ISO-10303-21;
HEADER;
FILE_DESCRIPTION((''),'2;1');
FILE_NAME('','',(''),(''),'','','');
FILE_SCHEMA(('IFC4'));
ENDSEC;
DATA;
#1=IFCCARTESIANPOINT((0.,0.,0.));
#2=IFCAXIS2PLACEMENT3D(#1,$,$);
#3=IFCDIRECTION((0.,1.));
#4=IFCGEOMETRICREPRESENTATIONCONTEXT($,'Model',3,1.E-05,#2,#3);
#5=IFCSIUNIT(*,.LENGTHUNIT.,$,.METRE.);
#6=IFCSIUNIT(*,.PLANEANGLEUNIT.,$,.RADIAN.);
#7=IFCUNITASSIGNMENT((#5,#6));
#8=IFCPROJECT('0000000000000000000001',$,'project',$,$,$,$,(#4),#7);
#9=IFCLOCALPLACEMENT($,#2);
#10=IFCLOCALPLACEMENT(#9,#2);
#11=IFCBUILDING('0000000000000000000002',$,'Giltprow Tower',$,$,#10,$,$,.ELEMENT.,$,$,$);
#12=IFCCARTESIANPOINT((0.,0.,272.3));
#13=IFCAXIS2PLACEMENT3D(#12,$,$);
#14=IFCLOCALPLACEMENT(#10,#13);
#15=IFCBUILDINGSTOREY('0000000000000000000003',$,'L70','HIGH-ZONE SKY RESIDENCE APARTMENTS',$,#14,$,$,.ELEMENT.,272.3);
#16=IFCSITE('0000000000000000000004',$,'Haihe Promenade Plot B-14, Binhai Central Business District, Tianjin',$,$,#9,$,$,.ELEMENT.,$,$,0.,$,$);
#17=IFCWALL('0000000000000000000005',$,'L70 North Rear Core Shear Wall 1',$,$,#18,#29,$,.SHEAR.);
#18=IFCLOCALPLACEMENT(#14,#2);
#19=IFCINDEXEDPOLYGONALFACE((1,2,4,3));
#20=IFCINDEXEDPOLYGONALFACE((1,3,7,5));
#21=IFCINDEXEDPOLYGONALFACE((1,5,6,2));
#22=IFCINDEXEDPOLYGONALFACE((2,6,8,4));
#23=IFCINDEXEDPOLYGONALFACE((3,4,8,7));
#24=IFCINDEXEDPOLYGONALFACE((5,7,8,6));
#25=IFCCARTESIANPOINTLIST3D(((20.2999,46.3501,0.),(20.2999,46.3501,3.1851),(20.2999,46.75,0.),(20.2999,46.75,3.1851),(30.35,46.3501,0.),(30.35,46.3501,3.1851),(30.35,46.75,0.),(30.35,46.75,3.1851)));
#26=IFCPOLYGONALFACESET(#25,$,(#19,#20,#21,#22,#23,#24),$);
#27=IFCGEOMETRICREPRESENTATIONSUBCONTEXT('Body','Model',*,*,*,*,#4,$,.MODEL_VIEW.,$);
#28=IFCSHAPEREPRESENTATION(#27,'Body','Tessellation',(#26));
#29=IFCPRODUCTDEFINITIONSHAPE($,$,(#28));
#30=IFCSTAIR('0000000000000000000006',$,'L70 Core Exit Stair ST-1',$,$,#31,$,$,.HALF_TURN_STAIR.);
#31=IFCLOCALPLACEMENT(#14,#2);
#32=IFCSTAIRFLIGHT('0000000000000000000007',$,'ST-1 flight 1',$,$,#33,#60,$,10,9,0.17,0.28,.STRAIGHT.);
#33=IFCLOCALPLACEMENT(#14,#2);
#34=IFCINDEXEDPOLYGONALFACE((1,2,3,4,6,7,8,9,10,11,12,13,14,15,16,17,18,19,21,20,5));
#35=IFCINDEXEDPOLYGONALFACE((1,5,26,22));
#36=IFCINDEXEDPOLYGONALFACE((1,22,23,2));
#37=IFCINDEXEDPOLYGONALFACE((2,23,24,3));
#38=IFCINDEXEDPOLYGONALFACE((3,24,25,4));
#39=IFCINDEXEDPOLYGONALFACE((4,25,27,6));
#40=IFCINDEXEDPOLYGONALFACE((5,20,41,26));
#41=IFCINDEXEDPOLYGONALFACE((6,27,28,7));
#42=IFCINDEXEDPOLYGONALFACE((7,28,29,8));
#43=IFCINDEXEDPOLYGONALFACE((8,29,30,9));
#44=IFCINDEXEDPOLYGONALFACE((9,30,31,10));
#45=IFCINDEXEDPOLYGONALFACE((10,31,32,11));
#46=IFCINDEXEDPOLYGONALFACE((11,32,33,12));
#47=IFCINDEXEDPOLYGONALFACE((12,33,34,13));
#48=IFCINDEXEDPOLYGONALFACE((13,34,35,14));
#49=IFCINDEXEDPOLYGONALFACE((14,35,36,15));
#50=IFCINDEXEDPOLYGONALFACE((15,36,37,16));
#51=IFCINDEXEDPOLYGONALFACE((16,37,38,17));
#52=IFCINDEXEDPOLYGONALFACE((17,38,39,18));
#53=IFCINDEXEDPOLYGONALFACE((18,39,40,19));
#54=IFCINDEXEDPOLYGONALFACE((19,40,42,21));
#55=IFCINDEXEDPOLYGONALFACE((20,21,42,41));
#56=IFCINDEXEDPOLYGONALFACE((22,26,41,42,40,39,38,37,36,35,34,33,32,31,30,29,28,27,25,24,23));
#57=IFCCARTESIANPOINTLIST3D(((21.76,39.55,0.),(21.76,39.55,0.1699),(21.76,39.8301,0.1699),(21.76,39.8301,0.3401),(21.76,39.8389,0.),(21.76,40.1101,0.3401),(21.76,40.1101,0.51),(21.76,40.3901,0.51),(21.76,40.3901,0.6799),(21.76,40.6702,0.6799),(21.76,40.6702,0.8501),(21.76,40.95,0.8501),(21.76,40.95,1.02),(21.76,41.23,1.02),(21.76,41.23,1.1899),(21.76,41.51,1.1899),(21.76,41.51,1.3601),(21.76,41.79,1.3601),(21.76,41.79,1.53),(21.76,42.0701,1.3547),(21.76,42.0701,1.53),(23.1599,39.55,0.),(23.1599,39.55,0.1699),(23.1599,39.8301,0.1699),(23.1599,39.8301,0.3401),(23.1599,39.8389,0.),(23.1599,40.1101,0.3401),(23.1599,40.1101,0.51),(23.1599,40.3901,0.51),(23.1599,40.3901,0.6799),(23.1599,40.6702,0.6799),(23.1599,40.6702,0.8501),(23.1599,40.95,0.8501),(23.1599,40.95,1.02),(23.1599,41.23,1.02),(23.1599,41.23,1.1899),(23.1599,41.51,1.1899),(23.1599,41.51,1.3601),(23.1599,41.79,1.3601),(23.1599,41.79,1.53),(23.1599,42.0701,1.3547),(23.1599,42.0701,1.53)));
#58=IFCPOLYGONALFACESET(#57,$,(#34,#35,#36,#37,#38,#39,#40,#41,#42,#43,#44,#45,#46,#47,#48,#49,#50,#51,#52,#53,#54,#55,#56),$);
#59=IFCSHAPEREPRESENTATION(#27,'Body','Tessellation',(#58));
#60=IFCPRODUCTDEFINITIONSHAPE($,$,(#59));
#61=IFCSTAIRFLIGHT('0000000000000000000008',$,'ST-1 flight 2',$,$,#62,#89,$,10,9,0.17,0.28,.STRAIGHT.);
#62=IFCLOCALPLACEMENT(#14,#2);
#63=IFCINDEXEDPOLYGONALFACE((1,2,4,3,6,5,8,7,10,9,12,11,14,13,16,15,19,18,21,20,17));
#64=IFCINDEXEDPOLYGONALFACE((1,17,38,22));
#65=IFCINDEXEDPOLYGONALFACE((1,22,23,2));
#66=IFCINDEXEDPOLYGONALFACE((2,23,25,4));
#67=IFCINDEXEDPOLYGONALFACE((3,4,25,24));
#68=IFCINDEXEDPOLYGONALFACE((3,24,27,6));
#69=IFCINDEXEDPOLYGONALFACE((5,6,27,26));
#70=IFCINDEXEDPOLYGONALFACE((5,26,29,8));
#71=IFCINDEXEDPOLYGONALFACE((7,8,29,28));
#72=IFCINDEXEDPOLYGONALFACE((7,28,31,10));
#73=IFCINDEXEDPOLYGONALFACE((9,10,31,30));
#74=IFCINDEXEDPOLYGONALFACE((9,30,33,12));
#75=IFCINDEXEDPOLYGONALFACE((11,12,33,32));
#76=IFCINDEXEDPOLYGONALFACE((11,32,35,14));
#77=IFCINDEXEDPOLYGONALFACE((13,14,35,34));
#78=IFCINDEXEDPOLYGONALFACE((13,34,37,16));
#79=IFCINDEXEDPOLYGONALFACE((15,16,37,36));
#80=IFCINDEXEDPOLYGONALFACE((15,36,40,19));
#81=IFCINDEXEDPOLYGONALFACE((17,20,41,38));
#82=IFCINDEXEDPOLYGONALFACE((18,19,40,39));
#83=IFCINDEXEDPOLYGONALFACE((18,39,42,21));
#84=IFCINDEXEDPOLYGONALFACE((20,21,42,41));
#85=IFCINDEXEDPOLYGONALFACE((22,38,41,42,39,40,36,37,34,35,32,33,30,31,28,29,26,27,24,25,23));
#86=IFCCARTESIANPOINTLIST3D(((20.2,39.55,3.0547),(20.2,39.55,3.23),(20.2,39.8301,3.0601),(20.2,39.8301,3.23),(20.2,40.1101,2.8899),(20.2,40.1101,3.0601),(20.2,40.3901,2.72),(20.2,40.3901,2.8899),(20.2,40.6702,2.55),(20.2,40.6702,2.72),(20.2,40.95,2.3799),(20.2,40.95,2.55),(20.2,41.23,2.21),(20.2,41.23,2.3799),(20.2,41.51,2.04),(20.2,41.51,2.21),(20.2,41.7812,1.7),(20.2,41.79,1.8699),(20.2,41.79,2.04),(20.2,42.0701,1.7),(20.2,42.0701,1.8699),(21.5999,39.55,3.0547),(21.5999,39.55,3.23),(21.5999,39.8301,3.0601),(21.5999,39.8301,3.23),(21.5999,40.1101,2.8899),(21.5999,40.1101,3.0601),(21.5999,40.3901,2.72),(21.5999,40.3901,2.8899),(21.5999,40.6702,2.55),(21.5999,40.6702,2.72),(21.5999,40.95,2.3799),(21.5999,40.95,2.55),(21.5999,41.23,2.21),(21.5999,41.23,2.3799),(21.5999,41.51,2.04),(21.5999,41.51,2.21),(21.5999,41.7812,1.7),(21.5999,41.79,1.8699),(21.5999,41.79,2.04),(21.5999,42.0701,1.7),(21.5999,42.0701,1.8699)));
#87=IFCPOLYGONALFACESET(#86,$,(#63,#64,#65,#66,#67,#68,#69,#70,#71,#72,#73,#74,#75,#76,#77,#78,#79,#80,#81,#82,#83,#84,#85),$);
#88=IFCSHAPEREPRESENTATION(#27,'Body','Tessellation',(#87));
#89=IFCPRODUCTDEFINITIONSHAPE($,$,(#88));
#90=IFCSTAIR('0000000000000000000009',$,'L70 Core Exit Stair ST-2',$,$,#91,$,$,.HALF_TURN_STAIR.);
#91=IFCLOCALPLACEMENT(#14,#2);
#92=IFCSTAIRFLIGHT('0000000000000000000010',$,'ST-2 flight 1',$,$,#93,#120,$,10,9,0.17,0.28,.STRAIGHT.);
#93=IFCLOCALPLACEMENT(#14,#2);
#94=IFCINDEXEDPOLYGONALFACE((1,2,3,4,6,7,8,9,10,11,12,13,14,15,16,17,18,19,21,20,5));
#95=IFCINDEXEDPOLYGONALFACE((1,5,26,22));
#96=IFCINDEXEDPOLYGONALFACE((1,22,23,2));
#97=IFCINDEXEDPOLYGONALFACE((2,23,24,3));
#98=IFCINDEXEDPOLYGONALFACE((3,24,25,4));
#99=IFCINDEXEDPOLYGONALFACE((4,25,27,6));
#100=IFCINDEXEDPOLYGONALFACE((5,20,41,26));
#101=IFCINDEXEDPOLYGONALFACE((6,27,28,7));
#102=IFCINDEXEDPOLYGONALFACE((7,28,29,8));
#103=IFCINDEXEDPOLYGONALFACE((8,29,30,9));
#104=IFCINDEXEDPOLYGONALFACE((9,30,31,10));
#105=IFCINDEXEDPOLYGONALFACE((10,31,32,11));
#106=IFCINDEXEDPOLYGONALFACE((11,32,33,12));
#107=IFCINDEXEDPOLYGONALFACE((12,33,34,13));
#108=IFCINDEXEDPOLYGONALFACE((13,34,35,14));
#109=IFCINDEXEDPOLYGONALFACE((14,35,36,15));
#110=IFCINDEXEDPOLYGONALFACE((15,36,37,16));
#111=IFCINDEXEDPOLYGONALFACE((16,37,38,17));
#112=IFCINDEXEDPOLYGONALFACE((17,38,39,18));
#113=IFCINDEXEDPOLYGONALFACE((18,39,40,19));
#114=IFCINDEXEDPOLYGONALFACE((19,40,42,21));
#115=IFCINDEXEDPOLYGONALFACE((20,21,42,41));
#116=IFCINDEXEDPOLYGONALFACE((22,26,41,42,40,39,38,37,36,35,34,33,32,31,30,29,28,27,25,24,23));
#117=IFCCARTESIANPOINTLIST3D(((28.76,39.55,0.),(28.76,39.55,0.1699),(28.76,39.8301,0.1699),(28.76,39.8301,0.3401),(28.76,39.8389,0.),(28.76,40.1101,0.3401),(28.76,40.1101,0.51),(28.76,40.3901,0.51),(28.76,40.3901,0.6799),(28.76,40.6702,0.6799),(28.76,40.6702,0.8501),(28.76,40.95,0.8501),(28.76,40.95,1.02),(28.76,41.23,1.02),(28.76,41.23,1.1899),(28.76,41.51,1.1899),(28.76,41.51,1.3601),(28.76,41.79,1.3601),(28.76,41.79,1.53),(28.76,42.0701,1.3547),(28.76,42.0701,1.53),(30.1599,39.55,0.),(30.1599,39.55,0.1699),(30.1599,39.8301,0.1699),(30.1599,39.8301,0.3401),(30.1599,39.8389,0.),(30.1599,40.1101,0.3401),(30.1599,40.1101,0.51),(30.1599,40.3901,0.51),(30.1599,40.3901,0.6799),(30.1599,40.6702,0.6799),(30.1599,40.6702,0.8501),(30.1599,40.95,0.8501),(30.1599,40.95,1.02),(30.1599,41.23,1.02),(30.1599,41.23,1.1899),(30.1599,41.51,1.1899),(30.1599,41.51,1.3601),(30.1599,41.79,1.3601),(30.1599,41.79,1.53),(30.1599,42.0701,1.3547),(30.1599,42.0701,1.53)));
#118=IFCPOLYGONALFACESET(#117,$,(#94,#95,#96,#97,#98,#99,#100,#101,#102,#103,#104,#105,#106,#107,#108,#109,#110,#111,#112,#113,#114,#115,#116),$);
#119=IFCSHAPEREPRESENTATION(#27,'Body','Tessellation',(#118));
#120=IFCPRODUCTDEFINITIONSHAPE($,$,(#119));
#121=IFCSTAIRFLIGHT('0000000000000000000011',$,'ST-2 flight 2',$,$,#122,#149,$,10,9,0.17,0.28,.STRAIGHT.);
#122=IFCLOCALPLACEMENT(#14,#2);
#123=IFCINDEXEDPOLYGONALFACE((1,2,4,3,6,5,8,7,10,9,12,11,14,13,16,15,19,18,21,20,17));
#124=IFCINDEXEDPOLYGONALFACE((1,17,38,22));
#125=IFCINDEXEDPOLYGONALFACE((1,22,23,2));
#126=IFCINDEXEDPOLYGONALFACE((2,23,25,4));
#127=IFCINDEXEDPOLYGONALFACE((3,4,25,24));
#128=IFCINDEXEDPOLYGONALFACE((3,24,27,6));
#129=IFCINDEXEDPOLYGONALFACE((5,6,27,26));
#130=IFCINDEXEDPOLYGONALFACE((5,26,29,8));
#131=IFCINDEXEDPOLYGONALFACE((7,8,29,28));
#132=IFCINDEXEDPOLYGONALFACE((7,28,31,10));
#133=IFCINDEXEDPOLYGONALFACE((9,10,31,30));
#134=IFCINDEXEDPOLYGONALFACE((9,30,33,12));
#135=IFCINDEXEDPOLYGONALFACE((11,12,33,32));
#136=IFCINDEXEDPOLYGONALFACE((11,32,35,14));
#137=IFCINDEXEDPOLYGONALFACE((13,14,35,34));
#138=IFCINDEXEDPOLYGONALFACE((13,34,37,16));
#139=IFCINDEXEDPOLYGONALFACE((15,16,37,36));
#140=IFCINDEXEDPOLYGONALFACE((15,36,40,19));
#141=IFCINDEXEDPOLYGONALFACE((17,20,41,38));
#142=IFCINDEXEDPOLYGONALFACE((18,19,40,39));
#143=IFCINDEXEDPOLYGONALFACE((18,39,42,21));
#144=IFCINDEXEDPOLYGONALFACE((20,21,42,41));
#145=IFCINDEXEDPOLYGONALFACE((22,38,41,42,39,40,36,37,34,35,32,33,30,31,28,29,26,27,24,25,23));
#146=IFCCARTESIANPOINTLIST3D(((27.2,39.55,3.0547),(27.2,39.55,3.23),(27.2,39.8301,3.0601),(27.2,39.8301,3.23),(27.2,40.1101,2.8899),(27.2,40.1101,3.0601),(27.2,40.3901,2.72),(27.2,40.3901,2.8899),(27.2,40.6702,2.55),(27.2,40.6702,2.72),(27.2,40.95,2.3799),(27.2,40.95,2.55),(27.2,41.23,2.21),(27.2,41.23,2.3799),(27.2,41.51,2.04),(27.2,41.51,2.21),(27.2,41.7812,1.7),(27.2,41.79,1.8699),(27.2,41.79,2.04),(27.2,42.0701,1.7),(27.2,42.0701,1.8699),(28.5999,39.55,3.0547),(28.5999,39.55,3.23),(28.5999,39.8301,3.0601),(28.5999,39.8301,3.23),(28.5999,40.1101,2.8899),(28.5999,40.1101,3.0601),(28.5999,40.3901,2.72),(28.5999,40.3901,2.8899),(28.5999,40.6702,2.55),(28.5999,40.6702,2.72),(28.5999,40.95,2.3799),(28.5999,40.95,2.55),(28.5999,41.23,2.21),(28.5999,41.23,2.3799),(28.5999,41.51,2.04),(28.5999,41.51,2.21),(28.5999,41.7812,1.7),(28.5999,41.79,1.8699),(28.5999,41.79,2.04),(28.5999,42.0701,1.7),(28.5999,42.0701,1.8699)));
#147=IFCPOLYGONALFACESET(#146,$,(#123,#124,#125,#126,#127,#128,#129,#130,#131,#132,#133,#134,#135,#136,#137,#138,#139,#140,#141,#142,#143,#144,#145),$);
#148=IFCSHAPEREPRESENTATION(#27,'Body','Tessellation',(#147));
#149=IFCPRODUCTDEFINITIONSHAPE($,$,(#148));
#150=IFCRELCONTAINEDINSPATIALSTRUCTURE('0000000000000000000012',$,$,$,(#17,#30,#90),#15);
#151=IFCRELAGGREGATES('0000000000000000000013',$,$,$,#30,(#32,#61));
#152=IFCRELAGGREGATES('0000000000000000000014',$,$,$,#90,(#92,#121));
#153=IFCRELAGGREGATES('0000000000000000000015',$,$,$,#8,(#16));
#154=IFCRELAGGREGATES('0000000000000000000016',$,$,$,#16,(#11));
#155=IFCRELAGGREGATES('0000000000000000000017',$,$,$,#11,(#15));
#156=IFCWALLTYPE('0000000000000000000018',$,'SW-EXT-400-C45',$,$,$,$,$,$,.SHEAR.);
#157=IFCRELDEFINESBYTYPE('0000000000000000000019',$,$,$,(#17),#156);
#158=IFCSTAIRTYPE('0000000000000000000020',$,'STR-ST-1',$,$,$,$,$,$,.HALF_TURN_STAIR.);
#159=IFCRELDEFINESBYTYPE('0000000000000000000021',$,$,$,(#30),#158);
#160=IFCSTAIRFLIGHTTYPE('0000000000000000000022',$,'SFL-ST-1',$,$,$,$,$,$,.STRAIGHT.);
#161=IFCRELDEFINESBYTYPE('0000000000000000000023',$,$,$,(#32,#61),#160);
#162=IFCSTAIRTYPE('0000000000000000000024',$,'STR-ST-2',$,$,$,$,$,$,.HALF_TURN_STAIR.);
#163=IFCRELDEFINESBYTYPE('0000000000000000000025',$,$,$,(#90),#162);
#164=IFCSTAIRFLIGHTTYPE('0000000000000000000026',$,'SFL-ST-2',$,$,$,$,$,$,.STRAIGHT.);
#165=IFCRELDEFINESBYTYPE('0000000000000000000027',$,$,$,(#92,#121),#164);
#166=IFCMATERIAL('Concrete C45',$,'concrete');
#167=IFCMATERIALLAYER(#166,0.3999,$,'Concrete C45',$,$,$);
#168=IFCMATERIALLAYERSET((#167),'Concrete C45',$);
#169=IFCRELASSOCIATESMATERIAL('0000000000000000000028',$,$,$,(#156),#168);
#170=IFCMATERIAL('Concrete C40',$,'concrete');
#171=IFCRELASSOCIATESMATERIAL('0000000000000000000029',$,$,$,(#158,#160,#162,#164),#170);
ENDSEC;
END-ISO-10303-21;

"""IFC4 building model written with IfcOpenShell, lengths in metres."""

from ifc_helpers import new_model, si_unit, direction, frame, frame_2d, origin, place, context, subcontext, project, spatial, polyline, rectangle, outline, extrude, material, layer, layer_set, type_object, element, aggregate, save


model = new_model("IFC4")

# Units and contexts
model_context = context("Model", 3, precision=1e-05, world=origin(), true_north=direction((0.0, 1.0)))
body_context = subcontext(model_context, "Body", "Model", "MODEL_VIEW")
ifc_project = project(units=[si_unit("LENGTHUNIT", "METRE"), si_unit("PLANEANGLEUNIT", "RADIAN")], contexts=[model_context])

# Site, building, storey
site_placement = place(None, origin())
site = spatial("IfcSite", under=ifc_project, at=site_placement, Name="Haihe Promenade Plot B-14, Binhai Central Business District, Tianjin", CompositionType="ELEMENT", RefElevation=0.0)
building_placement = place(site_placement, origin())
building = spatial("IfcBuilding", under=site, at=building_placement, Name="Giltprow Tower", CompositionType="ELEMENT")
storey_placement = place(building_placement, frame((0.0, 0.0, 272.3)))
storey = spatial("IfcBuildingStorey", under=building, at=storey_placement, Name="L70", Description="HIGH-ZONE SKY RESIDENCE APARTMENTS", CompositionType="ELEMENT", Elevation=272.3)

# Shared definitions
ifc_material_1 = material(Name="Concrete C45", Category="concrete")

# Shared definitions
ifc_material_2 = material(Name="Concrete C40", Category="concrete")

# Wall
ifc_layer_1 = layer(ifc_material_1, 0.3999, Name="Concrete C45")
ifc_layer_set_1 = layer_set([ifc_layer_1], Name="Concrete C45")
wall_type_1 = type_object("IfcWallType", Name="SW-EXT-400-C45", PredefinedType="SHEAR", material=ifc_layer_set_1)
wall_1_placement = place(storey_placement, frame((20.3, 46.55, 0.0), z_axis=(0.0, 0.0, 1.0), x_axis=(1.0, 0.0, 0.0)))
element("IfcWall", 1, at=wall_1_placement, inside=storey, type_object=wall_type_1, Name="L70 North Rear Core Shear Wall 1", PredefinedType="SHEAR", context=body_context, shape_type="SweptSolid", body=[
    extrude(rectangle(XDim=10.05, YDim=0.3999, at=frame_2d((5.0249, 0.0))), origin(), (0.0, 0.0, 1.0), 3.1851),
])

# Stairs, stair flights
stair_type_1 = type_object("IfcStairType", Name="STR-ST-1", PredefinedType="HALF_TURN_STAIR", material=ifc_material_2)
stair_1_placement = place(storey_placement, origin())
stair_1 = element("IfcStair", 2, at=stair_1_placement, inside=storey, type_object=stair_type_1, Name="L70 Core Exit Stair ST-1", PredefinedType="HALF_TURN_STAIR")
stair_flight_type_1 = type_object("IfcStairFlightType", Name="SFL-ST-1", PredefinedType="STRAIGHT", material=ifc_material_2)
stair_flight_1_placement = place(storey_placement, frame((22.46, 39.55, 0.0), z_axis=(0.0, 0.0, 1.0), x_axis=(0.0, 1.0, 0.0)))
stair_flight_1 = element("IfcStairFlight", 3, at=stair_flight_1_placement, type_object=stair_flight_type_1, Name="ST-1 flight 1", NumberOfRisers=10, NumberOfTreads=9, PredefinedType="STRAIGHT", RiserHeight=0.17, TreadLength=0.28, context=body_context, shape_type="SweptSolid", body=[
    extrude(outline(polyline([(0.0, 0.0), (0.0, 0.1699), (0.28, 0.1699), (0.28, 0.3401), (0.5601, 0.3401), (0.5601, 0.51), (0.8401, 0.51), (0.8401, 0.6799), (1.1201, 0.6799), (1.1201, 0.8501), (1.3999, 0.8501), (1.3999, 1.02), (1.6799, 1.02), (1.6799, 1.1899), (1.96, 1.1899), (1.96, 1.3601), (2.24, 1.3601), (2.24, 1.53), (2.52, 1.53), (2.52, 1.7), (2.52, 1.3547), (0.2888, 0.0), (0.0, 0.0)])), frame((0.0, 0.7, 0.0), z_axis=(0.0, -1.0, 0.0), x_axis=(1.0, 0.0, 0.0)), (0.0, 0.0, 1.0), 1.3999),
])
stair_flight_2_placement = place(storey_placement, frame((20.8999, 42.0701, 1.7), z_axis=(0.0, 0.0, 1.0), x_axis=(0.0, -1.0, 0.0)))
stair_flight_2 = element("IfcStairFlight", 4, at=stair_flight_2_placement, type_object=stair_flight_type_1, Name="ST-1 flight 2", NumberOfRisers=10, NumberOfTreads=9, PredefinedType="STRAIGHT", RiserHeight=0.17, TreadLength=0.28, context=body_context, shape_type="SweptSolid", body=[
    extrude(outline(polyline([(0.0, 0.0), (0.0, 0.1699), (0.28, 0.1699), (0.28, 0.3401), (0.5601, 0.3401), (0.5601, 0.51), (0.8401, 0.51), (0.8401, 0.6799), (1.1201, 0.6799), (1.1201, 0.8501), (1.3999, 0.8501), (1.3999, 1.02), (1.6799, 1.02), (1.6799, 1.1899), (1.96, 1.1899), (1.96, 1.3601), (2.24, 1.3601), (2.24, 1.53), (2.52, 1.53), (2.52, 1.7), (2.52, 1.3547), (0.2888, 0.0), (0.0, 0.0)])), frame((0.0, 0.7, 0.0), z_axis=(0.0, -1.0, 0.0), x_axis=(1.0, 0.0, 0.0)), (0.0, 0.0, 1.0), 1.3999),
])
aggregate(stair_1, [stair_flight_1, stair_flight_2])
stair_type_2 = type_object("IfcStairType", Name="STR-ST-2", PredefinedType="HALF_TURN_STAIR", material=ifc_material_2)
stair_2_placement = place(storey_placement, origin())
stair_2 = element("IfcStair", 5, at=stair_2_placement, inside=storey, type_object=stair_type_2, Name="L70 Core Exit Stair ST-2", PredefinedType="HALF_TURN_STAIR")
stair_flight_type_2 = type_object("IfcStairFlightType", Name="SFL-ST-2", PredefinedType="STRAIGHT", material=ifc_material_2)
stair_flight_3_placement = place(storey_placement, frame((29.46, 39.55, 0.0), z_axis=(0.0, 0.0, 1.0), x_axis=(0.0, 1.0, 0.0)))
stair_flight_3 = element("IfcStairFlight", 6, at=stair_flight_3_placement, type_object=stair_flight_type_2, Name="ST-2 flight 1", NumberOfRisers=10, NumberOfTreads=9, PredefinedType="STRAIGHT", RiserHeight=0.17, TreadLength=0.28, context=body_context, shape_type="SweptSolid", body=[
    extrude(outline(polyline([(0.0, 0.0), (0.0, 0.1699), (0.28, 0.1699), (0.28, 0.3401), (0.5601, 0.3401), (0.5601, 0.51), (0.8401, 0.51), (0.8401, 0.6799), (1.1201, 0.6799), (1.1201, 0.8501), (1.3999, 0.8501), (1.3999, 1.02), (1.6799, 1.02), (1.6799, 1.1899), (1.96, 1.1899), (1.96, 1.3601), (2.24, 1.3601), (2.24, 1.53), (2.52, 1.53), (2.52, 1.7), (2.52, 1.3547), (0.2888, 0.0), (0.0, 0.0)])), frame((0.0, 0.7, 0.0), z_axis=(0.0, -1.0, 0.0), x_axis=(1.0, 0.0, 0.0)), (0.0, 0.0, 1.0), 1.3999),
])
stair_flight_4_placement = place(storey_placement, frame((27.8999, 42.0701, 1.7), z_axis=(0.0, 0.0, 1.0), x_axis=(0.0, -1.0, 0.0)))
stair_flight_4 = element("IfcStairFlight", 7, at=stair_flight_4_placement, type_object=stair_flight_type_2, Name="ST-2 flight 2", NumberOfRisers=10, NumberOfTreads=9, PredefinedType="STRAIGHT", RiserHeight=0.17, TreadLength=0.28, context=body_context, shape_type="SweptSolid", body=[
    extrude(outline(polyline([(0.0, 0.0), (0.0, 0.1699), (0.28, 0.1699), (0.28, 0.3401), (0.5601, 0.3401), (0.5601, 0.51), (0.8401, 0.51), (0.8401, 0.6799), (1.1201, 0.6799), (1.1201, 0.8501), (1.3999, 0.8501), (1.3999, 1.02), (1.6799, 1.02), (1.6799, 1.1899), (1.96, 1.1899), (1.96, 1.3601), (2.24, 1.3601), (2.24, 1.53), (2.52, 1.53), (2.52, 1.7), (2.52, 1.3547), (0.2888, 0.0), (0.0, 0.0)])), frame((0.0, 0.7, 0.0), z_axis=(0.0, -1.0, 0.0), x_axis=(1.0, 0.0, 0.0)), (0.0, 0.0, 1.0), 1.3999),
])
aggregate(stair_2, [stair_flight_3, stair_flight_4])

save(model, "model.ifc")
